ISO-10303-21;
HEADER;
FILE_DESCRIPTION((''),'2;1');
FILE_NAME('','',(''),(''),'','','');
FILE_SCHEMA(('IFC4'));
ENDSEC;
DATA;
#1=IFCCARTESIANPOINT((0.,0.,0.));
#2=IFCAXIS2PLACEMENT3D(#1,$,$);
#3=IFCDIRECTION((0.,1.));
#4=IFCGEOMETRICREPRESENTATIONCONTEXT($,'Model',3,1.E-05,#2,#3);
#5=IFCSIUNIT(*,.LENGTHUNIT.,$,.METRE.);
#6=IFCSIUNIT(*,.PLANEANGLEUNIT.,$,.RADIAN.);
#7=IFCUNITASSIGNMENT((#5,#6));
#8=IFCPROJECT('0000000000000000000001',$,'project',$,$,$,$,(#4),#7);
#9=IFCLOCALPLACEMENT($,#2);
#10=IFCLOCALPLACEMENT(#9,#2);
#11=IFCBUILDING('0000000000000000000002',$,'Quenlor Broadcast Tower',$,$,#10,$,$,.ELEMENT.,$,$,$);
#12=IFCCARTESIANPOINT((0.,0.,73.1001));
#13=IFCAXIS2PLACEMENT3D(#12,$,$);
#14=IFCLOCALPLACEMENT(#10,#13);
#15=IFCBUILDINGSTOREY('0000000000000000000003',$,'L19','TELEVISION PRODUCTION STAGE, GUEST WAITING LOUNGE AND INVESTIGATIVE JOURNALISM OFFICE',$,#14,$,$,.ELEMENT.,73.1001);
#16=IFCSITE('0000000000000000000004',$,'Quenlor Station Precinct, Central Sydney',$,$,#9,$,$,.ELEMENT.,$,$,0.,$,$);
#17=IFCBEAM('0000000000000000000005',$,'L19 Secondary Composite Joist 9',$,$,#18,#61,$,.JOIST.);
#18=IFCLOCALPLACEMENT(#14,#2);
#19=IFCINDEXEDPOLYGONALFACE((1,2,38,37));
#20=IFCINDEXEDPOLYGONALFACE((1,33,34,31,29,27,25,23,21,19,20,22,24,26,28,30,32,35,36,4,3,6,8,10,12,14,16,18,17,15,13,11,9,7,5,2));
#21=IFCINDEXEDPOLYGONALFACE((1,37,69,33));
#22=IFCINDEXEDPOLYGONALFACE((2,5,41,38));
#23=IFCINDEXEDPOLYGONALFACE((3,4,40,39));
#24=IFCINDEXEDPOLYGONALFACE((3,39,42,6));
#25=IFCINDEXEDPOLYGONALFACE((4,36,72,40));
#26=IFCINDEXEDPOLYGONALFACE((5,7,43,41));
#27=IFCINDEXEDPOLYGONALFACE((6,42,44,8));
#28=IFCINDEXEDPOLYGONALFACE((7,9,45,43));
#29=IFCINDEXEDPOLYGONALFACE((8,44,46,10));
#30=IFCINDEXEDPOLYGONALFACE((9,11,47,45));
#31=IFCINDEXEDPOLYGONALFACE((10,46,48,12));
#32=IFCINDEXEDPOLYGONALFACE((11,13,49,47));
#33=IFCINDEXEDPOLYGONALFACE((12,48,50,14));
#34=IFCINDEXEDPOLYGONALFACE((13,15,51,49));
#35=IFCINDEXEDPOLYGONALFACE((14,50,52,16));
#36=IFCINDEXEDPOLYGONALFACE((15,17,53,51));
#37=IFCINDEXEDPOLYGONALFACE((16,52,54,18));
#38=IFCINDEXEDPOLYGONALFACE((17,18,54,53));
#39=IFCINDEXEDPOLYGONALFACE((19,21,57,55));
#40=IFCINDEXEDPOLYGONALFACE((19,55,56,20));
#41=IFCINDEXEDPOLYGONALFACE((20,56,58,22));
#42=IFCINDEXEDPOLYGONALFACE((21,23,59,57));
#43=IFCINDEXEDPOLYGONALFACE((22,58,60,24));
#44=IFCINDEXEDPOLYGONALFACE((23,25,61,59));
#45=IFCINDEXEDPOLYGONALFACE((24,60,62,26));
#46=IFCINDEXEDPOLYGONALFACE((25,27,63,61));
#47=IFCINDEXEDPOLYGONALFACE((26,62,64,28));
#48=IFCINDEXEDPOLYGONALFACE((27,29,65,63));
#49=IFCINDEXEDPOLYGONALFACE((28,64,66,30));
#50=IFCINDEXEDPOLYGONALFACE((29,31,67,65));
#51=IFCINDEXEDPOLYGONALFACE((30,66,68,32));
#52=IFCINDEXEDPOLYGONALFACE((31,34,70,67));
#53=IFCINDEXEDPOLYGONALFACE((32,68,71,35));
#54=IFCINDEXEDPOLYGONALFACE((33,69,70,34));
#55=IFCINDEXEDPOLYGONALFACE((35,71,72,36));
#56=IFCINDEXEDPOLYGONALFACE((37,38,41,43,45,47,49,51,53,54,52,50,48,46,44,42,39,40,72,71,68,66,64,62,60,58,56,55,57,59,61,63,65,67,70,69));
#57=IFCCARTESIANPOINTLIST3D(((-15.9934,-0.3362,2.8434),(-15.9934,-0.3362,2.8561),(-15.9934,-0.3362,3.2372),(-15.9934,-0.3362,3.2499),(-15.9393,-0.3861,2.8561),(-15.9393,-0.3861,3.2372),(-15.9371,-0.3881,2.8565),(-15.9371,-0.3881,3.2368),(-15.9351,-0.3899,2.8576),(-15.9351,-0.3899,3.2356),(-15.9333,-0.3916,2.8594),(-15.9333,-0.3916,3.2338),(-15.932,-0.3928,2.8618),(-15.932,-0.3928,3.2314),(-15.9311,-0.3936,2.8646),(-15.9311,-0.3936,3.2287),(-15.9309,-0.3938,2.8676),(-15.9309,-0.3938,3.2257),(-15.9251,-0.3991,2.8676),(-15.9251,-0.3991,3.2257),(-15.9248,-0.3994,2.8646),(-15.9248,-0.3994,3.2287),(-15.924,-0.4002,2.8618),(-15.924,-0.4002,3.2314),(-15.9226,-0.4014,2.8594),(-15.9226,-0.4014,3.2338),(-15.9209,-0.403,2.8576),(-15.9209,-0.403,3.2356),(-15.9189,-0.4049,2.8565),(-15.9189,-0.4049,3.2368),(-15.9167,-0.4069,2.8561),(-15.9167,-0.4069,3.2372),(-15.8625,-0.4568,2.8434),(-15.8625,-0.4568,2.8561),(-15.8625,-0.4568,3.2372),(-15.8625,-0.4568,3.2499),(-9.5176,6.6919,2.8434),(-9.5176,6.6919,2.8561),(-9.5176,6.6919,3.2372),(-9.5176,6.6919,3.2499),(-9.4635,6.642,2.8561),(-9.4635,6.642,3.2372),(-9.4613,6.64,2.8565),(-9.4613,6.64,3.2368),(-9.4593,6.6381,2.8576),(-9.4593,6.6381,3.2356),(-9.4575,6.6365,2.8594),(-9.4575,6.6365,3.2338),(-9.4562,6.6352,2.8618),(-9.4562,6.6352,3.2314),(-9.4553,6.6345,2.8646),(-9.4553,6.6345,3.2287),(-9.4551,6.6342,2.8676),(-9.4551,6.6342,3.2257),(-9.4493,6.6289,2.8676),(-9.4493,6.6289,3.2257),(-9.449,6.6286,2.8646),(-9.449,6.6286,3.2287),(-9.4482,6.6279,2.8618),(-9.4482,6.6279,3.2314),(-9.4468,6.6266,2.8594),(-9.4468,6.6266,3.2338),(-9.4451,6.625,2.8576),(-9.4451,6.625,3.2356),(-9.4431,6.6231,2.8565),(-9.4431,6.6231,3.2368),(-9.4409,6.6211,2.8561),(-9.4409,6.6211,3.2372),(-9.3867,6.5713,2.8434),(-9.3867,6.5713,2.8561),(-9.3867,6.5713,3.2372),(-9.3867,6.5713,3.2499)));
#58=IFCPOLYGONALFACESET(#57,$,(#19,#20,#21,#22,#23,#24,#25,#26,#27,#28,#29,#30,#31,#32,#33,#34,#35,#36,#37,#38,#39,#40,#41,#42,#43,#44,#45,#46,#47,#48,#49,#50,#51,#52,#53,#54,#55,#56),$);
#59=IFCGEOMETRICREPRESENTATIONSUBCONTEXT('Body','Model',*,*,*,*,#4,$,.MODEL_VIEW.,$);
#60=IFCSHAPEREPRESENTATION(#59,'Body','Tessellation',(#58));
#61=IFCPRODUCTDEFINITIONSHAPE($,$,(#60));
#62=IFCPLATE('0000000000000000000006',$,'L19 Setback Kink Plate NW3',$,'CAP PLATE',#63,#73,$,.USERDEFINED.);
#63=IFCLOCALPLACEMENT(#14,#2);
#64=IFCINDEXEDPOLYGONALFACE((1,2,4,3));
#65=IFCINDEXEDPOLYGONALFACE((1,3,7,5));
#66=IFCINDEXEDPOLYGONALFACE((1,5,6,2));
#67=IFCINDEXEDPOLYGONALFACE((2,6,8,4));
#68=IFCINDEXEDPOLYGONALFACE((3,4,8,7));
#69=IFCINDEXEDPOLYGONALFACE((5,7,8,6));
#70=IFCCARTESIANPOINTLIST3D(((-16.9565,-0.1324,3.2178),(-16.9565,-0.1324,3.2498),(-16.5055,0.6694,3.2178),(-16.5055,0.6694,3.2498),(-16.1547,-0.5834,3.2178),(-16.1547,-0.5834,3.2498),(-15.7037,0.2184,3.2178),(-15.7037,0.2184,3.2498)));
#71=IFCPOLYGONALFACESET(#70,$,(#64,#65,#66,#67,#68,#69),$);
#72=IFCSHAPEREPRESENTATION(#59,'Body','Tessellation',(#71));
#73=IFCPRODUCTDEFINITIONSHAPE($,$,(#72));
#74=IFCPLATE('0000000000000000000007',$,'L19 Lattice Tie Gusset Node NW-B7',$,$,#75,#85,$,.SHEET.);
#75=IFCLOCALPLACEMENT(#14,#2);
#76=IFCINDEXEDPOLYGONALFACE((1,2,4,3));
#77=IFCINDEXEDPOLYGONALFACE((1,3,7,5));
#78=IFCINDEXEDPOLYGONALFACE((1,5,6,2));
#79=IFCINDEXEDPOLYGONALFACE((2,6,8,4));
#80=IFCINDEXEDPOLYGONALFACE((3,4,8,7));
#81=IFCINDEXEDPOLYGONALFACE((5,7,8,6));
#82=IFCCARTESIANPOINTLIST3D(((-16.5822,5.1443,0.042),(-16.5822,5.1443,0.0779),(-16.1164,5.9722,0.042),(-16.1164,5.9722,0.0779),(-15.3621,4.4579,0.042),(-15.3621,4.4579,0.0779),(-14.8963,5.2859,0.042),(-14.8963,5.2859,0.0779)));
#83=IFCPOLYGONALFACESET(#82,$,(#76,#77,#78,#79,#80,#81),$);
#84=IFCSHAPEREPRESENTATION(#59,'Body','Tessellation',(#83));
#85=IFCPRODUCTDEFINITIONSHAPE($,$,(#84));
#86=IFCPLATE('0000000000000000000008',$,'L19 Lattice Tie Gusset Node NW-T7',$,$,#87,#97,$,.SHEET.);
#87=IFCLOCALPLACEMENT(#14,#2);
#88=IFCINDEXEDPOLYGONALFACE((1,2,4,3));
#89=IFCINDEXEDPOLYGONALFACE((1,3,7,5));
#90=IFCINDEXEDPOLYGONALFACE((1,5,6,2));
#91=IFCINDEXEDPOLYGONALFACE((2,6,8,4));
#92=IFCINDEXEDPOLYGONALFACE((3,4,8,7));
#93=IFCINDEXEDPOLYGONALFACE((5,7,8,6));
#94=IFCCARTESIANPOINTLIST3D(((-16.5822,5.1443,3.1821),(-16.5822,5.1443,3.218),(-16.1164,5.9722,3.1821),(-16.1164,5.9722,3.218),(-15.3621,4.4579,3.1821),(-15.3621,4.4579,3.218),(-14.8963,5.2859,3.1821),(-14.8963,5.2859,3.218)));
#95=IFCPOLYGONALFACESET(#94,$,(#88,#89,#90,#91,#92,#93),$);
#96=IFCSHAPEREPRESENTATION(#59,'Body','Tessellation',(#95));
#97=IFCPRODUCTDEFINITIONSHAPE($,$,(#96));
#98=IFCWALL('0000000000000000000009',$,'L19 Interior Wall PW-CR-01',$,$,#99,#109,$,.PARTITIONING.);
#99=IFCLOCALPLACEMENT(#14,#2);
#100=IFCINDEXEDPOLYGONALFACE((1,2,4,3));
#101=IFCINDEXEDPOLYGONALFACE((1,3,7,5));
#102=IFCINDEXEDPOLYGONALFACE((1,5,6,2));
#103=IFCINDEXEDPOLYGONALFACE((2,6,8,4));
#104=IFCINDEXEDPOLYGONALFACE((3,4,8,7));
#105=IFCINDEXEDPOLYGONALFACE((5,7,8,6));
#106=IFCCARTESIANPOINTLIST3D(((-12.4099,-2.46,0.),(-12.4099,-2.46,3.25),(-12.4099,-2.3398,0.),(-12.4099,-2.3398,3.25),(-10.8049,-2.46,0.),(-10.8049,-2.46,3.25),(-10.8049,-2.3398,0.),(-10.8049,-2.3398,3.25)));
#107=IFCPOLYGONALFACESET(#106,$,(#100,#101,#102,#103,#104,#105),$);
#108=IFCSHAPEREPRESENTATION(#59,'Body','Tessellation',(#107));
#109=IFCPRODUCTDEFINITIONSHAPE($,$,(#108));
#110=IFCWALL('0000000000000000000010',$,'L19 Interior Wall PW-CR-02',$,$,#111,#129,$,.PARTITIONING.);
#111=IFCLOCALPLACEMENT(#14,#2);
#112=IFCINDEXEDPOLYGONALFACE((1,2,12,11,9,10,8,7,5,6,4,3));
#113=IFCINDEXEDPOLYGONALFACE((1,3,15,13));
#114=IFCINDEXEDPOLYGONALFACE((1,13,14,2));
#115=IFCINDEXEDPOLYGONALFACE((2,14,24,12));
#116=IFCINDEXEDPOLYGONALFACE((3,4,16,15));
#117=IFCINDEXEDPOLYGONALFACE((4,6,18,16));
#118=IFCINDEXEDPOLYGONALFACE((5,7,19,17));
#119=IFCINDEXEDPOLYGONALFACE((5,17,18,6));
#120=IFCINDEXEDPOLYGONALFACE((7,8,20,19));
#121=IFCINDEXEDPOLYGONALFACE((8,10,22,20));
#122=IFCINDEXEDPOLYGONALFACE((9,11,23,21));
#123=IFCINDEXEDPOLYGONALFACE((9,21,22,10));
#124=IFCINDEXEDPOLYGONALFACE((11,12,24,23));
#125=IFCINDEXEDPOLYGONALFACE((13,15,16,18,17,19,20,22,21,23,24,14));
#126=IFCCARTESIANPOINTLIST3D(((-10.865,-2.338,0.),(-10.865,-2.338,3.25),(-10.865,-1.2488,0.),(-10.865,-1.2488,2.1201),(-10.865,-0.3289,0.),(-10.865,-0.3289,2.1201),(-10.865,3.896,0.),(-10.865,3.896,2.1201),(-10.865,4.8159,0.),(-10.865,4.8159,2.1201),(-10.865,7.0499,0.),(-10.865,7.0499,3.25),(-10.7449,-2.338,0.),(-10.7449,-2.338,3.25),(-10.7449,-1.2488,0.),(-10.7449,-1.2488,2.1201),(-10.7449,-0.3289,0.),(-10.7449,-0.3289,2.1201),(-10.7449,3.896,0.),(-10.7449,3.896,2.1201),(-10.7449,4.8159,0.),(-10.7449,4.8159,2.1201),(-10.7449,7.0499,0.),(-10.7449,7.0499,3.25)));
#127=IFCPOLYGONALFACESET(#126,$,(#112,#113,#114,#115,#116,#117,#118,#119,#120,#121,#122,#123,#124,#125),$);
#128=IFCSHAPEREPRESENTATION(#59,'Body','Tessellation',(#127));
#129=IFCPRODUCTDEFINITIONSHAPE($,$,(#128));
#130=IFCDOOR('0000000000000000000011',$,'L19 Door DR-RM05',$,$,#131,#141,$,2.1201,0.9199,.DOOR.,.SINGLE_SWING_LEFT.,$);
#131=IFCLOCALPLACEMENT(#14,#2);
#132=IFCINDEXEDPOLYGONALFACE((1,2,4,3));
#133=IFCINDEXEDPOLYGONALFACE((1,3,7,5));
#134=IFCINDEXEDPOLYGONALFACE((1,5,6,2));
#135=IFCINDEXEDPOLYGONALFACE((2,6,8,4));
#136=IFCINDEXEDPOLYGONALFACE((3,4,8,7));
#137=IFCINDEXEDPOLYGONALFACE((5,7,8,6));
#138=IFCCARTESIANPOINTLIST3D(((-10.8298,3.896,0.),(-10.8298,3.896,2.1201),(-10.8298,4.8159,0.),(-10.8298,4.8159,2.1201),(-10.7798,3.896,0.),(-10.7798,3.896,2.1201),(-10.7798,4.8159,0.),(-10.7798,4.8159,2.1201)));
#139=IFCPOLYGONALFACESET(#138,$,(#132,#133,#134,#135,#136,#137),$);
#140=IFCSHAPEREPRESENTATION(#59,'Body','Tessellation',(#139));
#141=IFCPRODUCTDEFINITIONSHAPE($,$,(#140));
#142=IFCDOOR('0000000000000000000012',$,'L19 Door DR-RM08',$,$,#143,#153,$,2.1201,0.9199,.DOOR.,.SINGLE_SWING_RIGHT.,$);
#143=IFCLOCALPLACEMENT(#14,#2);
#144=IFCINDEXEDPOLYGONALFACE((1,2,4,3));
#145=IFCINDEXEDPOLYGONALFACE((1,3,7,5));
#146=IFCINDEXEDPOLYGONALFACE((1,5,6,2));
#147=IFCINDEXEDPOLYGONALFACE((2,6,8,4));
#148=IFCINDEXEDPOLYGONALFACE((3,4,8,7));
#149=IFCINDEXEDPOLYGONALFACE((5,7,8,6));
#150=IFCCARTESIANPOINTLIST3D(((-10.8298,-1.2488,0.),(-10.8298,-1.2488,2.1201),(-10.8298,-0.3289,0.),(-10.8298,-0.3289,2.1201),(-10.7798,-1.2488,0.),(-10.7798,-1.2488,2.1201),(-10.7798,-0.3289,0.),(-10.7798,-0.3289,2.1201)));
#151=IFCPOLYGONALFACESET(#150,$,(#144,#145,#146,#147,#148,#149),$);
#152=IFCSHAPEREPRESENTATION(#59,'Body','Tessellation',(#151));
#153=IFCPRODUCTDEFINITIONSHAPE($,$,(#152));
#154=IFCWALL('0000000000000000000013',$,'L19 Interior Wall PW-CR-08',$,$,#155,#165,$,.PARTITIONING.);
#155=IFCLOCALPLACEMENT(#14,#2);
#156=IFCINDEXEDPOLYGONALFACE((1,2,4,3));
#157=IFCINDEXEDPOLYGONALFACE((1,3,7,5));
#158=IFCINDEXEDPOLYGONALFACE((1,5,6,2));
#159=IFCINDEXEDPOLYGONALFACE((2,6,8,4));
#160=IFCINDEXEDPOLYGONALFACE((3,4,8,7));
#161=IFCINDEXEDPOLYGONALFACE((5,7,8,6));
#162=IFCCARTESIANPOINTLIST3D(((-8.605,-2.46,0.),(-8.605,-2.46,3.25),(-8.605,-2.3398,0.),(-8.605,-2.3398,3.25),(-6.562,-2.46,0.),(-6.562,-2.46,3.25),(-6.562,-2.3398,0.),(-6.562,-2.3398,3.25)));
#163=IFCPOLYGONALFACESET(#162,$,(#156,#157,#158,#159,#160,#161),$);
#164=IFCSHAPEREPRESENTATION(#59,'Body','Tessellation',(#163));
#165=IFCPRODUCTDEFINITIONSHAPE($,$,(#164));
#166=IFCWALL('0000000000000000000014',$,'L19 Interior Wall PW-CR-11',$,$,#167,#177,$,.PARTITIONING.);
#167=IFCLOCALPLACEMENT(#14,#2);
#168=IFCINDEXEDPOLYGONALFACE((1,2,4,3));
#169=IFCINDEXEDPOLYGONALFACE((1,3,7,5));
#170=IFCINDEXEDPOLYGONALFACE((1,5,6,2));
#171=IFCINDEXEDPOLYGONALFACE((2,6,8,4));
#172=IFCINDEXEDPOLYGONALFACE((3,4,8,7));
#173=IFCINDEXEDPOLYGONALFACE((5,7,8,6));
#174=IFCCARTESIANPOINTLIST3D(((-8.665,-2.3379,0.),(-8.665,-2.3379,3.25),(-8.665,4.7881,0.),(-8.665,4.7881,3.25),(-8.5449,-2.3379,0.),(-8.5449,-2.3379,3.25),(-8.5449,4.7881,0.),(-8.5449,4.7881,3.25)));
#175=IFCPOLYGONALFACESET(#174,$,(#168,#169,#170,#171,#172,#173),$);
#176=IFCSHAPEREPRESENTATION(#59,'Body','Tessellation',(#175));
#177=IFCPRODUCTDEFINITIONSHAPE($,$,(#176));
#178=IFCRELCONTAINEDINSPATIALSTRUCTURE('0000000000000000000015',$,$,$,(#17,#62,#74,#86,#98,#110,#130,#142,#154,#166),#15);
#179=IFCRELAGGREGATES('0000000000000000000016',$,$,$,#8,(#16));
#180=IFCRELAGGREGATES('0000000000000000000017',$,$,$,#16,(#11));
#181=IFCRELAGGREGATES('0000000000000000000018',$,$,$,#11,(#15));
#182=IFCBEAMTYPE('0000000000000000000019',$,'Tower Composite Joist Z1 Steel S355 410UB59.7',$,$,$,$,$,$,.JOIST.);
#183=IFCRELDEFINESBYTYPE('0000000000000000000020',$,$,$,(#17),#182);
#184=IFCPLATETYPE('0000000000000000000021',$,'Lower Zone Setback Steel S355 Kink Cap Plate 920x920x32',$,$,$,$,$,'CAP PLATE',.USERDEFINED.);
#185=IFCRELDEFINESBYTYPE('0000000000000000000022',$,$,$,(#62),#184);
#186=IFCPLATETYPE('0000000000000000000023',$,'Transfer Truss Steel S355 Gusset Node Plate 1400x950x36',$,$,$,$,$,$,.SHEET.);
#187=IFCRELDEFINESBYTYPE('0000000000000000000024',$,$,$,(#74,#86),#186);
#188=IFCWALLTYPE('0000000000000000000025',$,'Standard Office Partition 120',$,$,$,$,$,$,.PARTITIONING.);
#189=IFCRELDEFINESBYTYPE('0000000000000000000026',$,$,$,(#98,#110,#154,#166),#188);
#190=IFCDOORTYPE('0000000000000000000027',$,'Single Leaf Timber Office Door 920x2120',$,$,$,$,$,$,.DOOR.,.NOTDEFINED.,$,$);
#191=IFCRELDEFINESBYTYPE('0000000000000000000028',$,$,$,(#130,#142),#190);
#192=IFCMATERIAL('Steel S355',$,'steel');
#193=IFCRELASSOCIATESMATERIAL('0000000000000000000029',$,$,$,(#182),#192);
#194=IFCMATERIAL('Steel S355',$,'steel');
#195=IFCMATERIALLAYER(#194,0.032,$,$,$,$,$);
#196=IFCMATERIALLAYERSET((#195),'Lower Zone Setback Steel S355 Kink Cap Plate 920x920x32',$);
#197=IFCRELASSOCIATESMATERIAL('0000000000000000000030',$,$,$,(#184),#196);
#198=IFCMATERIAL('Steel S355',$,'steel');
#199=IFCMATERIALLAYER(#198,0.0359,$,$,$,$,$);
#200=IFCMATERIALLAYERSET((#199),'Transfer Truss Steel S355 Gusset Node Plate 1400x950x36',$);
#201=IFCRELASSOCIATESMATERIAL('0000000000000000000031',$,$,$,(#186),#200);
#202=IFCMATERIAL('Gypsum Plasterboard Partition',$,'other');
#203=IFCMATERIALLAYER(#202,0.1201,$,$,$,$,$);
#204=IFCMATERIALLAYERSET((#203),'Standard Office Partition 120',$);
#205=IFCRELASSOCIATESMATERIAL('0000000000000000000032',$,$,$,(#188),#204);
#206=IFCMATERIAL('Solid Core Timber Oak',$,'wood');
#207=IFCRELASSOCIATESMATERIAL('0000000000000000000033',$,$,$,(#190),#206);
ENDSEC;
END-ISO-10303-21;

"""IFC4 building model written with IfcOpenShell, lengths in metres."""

from ifc_helpers import new_model, si_unit, direction, frame, frame_2d, origin, origin_2d, place, context, subcontext, project, spatial, rectangle, i_section, extrude, material, layer, layer_set, material_profile, profile_set, type_object, element, fill, save


model = new_model("IFC4")

# Units and contexts
model_context = context("Model", 3, precision=1e-05, world=origin(), true_north=direction((0.0, 1.0)))
body_context = subcontext(model_context, "Body", "Model", "MODEL_VIEW")
ifc_project = project(units=[si_unit("LENGTHUNIT", "METRE"), si_unit("PLANEANGLEUNIT", "RADIAN")], contexts=[model_context])

# Site, building, storey
site_placement = place(None, origin())
site = spatial("IfcSite", under=ifc_project, at=site_placement, Name="Quenlor Station Precinct, Central Sydney", CompositionType="ELEMENT", RefElevation=0.0)
building_placement = place(site_placement, origin())
building = spatial("IfcBuilding", under=site, at=building_placement, Name="Quenlor Broadcast Tower", CompositionType="ELEMENT")
storey_placement = place(building_placement, frame((0.0, 0.0, 73.1001)))
storey = spatial("IfcBuildingStorey", under=building, at=storey_placement, Name="L19", Description="TELEVISION PRODUCTION STAGE, GUEST WAITING LOUNGE AND INVESTIGATIVE JOURNALISM OFFICE", CompositionType="ELEMENT", Elevation=73.1001)

# Beam
ifc_material_1 = material(Name="Steel S355", Category="steel")
ifc_material_profile_1 = material_profile(ifc_material_1, i_section(OverallWidth=0.178, OverallDepth=0.4065, WebThickness=0.0078, FlangeThickness=0.0127, FilletRadius=0.0115, at=origin_2d()))
ifc_profile_set_1 = profile_set([ifc_material_profile_1], Name="Steel S355 410UB59.7")
beam_type = type_object("IfcBeamType", Name="Tower Composite Joist Z1 Steel S355 410UB59.7", PredefinedType="JOIST", material=ifc_profile_set_1)
beam_1_placement = place(storey_placement, frame((-15.928, -0.3965, 3.0466), z_axis=(0.677623, 0.735409, 0.0), x_axis=(-0.735409, 0.677623, 0.0)))
element("IfcBeam", 1, at=beam_1_placement, inside=storey, type_object=beam_type, Name="L19 Secondary Composite Joist 9", PredefinedType="JOIST", context=body_context, shape_type="SweptSolid", body=[
    extrude(i_section(OverallWidth=0.178, OverallDepth=0.4065, WebThickness=0.0078, FlangeThickness=0.0127, FilletRadius=0.0115, at=origin_2d()), origin(), (0.0, 0.0, 1.0), 9.5566),
])

# Plates
ifc_material_2 = material(Name="Steel S355", Category="steel")
ifc_layer_1 = layer(ifc_material_2, 0.032)
ifc_layer_set_1 = layer_set([ifc_layer_1], Name="Lower Zone Setback Steel S355 Kink Cap Plate 920x920x32")
plate_type_1 = type_object("IfcPlateType", Name="Lower Zone Setback Steel S355 Kink Cap Plate 920x920x32", ElementType="CAP PLATE", PredefinedType="USERDEFINED", material=ifc_layer_set_1)
plate_placement = place(storey_placement, frame((-16.3301, 0.043, 3.2178), z_axis=(0.0, 0.0, 1.0), x_axis=(-0.871575, 0.490262, 0.0)))
element("IfcPlate", 2, at=plate_placement, inside=storey, type_object=plate_type_1, Name="L19 Setback Kink Plate NW3", ObjectType="CAP PLATE", PredefinedType="USERDEFINED", context=body_context, shape_type="SweptSolid", body=[
    extrude(rectangle(XDim=0.9199, YDim=0.9199, at=origin_2d()), origin(), (0.0, 0.0, 1.0), 0.032),
])
ifc_material_3 = material(Name="Steel S355", Category="steel")
ifc_layer_2 = layer(ifc_material_3, 0.0359)
ifc_layer_set_2 = layer_set([ifc_layer_2], Name="Transfer Truss Steel S355 Gusset Node Plate 1400x950x36")
plate_type_2 = type_object("IfcPlateType", Name="Transfer Truss Steel S355 Gusset Node Plate 1400x950x36", PredefinedType="SHEET", material=ifc_layer_set_2)
for number, where, z_axis, x_axis, name in (
    (3, (-15.7393, 5.2151, 0.042), (0.0, 0.0, 1.0), (-0.871556, 0.490295, 0.0), "L19 Lattice Tie Gusset Node NW-B7"),
    (4, (-15.7393, 5.2151, 3.1821), (0.0, 0.0, 1.0), (-0.871556, 0.490295, 0.0), "L19 Lattice Tie Gusset Node NW-T7"),
):
    element("IfcPlate", number, at=place(storey_placement, frame(where, z_axis=z_axis, x_axis=x_axis)), inside=storey, type_object=plate_type_2, Name=name, PredefinedType="SHEET", context=body_context, shape_type="SweptSolid", body=[
        extrude(rectangle(XDim=1.3999, YDim=0.95, at=origin_2d()), origin(), (0.0, 0.0, 1.0), 0.0359),
    ])

# Wall
ifc_material_4 = material(Name="Gypsum Plasterboard Partition", Category="other")
ifc_layer_3 = layer(ifc_material_4, 0.1201)
ifc_layer_set_3 = layer_set([ifc_layer_3], Name="Standard Office Partition 120")
wall_type_1 = type_object("IfcWallType", Name="Standard Office Partition 120", PredefinedType="PARTITIONING", material=ifc_layer_set_3)
wall_1_placement = place(storey_placement, frame((-12.4099, -2.3999, 0.0), z_axis=(0.0, 0.0, 1.0), x_axis=(1.0, 0.0, 0.0)))
element("IfcWall", 5, at=wall_1_placement, inside=storey, type_object=wall_type_1, Name="L19 Interior Wall PW-CR-01", PredefinedType="PARTITIONING", context=body_context, shape_type="SweptSolid", body=[
    extrude(rectangle(XDim=1.605, YDim=0.1201, at=frame_2d((0.8025, 0.0))), origin(), (0.0, 0.0, 1.0), 3.25),
])

# Wall, openings, doors
wall_2_placement = place(storey_placement, frame((-10.8049, -2.3379, 0.0), z_axis=(0.0, 0.0, 1.0), x_axis=(0.0, 1.0, 0.0)))
wall_2 = element("IfcWall", 6, at=wall_2_placement, inside=storey, type_object=wall_type_1, Name="L19 Interior Wall PW-CR-02", PredefinedType="PARTITIONING", context=body_context, shape_type="SweptSolid", body=[
    extrude(rectangle(XDim=9.3879, YDim=0.1201, at=frame_2d((4.6938, 0.0))), origin(), (0.0, 0.0, 1.0), 3.25),
])
opening_1_placement = place(wall_2_placement, frame((6.2339, 0.0, 0.0)))
opening_1 = element("IfcOpeningElement", 7, at=opening_1_placement, cuts=wall_2, PredefinedType="OPENING", context=body_context, shape_type="SweptSolid", body=[
    extrude(rectangle(XDim=0.9199, YDim=2.1201, at=frame_2d((0.46, 1.0601))), frame((0.0, 0.0701, 0.0), z_axis=(0.0, -1.0, 0.0), x_axis=(1.0, 0.0, 0.0)), (0.0, 0.0, 1.0), 0.1401),
])
opening_2_placement = place(wall_2_placement, frame((1.0891, 0.0, 0.0)))
opening_2 = element("IfcOpeningElement", 8, at=opening_2_placement, cuts=wall_2, PredefinedType="OPENING", context=body_context, shape_type="SweptSolid", body=[
    extrude(rectangle(XDim=0.9199, YDim=2.1201, at=frame_2d((0.46, 1.0601))), frame((0.0, 0.0701, 0.0), z_axis=(0.0, -1.0, 0.0), x_axis=(1.0, 0.0, 0.0)), (0.0, 0.0, 1.0), 0.1401),
])
ifc_material_5 = material(Name="Solid Core Timber Oak", Category="wood")
door_type = type_object("IfcDoorType", Name="Single Leaf Timber Office Door 920x2120", OperationType="NOTDEFINED", PredefinedType="DOOR", material=ifc_material_5)
door_1_placement = place(opening_1_placement, origin())
door_1 = element("IfcDoor", 9, at=door_1_placement, inside=storey, type_object=door_type, Name="L19 Door DR-RM05", OperationType="SINGLE_SWING_LEFT", OverallHeight=2.1201, OverallWidth=0.9199, PredefinedType="DOOR", context=body_context, shape_type="SweptSolid", body=[
    extrude(rectangle(XDim=0.9199, YDim=2.1201, at=frame_2d((0.46, 1.0601))), frame((0.0, 0.0249, 0.0), z_axis=(0.0, -1.0, 0.0), x_axis=(1.0, 0.0, 0.0)), (0.0, 0.0, 1.0), 0.05),
])
fill(opening_1, door_1)
door_2_placement = place(opening_2_placement, origin())
door_2 = element("IfcDoor", 10, at=door_2_placement, inside=storey, type_object=door_type, Name="L19 Door DR-RM08", OperationType="SINGLE_SWING_RIGHT", OverallHeight=2.1201, OverallWidth=0.9199, PredefinedType="DOOR", context=body_context, shape_type="SweptSolid", body=[
    extrude(rectangle(XDim=0.9199, YDim=2.1201, at=frame_2d((0.46, 1.0601))), frame((0.0, 0.0249, 0.0), z_axis=(0.0, -1.0, 0.0), x_axis=(1.0, 0.0, 0.0)), (0.0, 0.0, 1.0), 0.05),
])
fill(opening_2, door_2)

# Walls
wall_3_placement = place(storey_placement, frame((-8.605, -2.3999, 0.0), z_axis=(0.0, 0.0, 1.0), x_axis=(1.0, 0.0, 0.0)))
element("IfcWall", 11, at=wall_3_placement, inside=storey, type_object=wall_type_1, Name="L19 Interior Wall PW-CR-08", PredefinedType="PARTITIONING", context=body_context, shape_type="SweptSolid", body=[
    extrude(rectangle(XDim=2.043, YDim=0.1201, at=frame_2d((1.0215, 0.0))), origin(), (0.0, 0.0, 1.0), 3.25),
])
wall_4_placement = place(storey_placement, frame((-8.605, 4.7881, 0.0), z_axis=(0.0, 0.0, 1.0), x_axis=(0.0, -1.0, 0.0)))
element("IfcWall", 12, at=wall_4_placement, inside=storey, type_object=wall_type_1, Name="L19 Interior Wall PW-CR-11", PredefinedType="PARTITIONING", context=body_context, shape_type="SweptSolid", body=[
    extrude(rectangle(XDim=7.126, YDim=0.1201, at=frame_2d((3.563, 0.0))), origin(), (0.0, 0.0, 1.0), 3.25),
])

save(model, "model.ifc")
